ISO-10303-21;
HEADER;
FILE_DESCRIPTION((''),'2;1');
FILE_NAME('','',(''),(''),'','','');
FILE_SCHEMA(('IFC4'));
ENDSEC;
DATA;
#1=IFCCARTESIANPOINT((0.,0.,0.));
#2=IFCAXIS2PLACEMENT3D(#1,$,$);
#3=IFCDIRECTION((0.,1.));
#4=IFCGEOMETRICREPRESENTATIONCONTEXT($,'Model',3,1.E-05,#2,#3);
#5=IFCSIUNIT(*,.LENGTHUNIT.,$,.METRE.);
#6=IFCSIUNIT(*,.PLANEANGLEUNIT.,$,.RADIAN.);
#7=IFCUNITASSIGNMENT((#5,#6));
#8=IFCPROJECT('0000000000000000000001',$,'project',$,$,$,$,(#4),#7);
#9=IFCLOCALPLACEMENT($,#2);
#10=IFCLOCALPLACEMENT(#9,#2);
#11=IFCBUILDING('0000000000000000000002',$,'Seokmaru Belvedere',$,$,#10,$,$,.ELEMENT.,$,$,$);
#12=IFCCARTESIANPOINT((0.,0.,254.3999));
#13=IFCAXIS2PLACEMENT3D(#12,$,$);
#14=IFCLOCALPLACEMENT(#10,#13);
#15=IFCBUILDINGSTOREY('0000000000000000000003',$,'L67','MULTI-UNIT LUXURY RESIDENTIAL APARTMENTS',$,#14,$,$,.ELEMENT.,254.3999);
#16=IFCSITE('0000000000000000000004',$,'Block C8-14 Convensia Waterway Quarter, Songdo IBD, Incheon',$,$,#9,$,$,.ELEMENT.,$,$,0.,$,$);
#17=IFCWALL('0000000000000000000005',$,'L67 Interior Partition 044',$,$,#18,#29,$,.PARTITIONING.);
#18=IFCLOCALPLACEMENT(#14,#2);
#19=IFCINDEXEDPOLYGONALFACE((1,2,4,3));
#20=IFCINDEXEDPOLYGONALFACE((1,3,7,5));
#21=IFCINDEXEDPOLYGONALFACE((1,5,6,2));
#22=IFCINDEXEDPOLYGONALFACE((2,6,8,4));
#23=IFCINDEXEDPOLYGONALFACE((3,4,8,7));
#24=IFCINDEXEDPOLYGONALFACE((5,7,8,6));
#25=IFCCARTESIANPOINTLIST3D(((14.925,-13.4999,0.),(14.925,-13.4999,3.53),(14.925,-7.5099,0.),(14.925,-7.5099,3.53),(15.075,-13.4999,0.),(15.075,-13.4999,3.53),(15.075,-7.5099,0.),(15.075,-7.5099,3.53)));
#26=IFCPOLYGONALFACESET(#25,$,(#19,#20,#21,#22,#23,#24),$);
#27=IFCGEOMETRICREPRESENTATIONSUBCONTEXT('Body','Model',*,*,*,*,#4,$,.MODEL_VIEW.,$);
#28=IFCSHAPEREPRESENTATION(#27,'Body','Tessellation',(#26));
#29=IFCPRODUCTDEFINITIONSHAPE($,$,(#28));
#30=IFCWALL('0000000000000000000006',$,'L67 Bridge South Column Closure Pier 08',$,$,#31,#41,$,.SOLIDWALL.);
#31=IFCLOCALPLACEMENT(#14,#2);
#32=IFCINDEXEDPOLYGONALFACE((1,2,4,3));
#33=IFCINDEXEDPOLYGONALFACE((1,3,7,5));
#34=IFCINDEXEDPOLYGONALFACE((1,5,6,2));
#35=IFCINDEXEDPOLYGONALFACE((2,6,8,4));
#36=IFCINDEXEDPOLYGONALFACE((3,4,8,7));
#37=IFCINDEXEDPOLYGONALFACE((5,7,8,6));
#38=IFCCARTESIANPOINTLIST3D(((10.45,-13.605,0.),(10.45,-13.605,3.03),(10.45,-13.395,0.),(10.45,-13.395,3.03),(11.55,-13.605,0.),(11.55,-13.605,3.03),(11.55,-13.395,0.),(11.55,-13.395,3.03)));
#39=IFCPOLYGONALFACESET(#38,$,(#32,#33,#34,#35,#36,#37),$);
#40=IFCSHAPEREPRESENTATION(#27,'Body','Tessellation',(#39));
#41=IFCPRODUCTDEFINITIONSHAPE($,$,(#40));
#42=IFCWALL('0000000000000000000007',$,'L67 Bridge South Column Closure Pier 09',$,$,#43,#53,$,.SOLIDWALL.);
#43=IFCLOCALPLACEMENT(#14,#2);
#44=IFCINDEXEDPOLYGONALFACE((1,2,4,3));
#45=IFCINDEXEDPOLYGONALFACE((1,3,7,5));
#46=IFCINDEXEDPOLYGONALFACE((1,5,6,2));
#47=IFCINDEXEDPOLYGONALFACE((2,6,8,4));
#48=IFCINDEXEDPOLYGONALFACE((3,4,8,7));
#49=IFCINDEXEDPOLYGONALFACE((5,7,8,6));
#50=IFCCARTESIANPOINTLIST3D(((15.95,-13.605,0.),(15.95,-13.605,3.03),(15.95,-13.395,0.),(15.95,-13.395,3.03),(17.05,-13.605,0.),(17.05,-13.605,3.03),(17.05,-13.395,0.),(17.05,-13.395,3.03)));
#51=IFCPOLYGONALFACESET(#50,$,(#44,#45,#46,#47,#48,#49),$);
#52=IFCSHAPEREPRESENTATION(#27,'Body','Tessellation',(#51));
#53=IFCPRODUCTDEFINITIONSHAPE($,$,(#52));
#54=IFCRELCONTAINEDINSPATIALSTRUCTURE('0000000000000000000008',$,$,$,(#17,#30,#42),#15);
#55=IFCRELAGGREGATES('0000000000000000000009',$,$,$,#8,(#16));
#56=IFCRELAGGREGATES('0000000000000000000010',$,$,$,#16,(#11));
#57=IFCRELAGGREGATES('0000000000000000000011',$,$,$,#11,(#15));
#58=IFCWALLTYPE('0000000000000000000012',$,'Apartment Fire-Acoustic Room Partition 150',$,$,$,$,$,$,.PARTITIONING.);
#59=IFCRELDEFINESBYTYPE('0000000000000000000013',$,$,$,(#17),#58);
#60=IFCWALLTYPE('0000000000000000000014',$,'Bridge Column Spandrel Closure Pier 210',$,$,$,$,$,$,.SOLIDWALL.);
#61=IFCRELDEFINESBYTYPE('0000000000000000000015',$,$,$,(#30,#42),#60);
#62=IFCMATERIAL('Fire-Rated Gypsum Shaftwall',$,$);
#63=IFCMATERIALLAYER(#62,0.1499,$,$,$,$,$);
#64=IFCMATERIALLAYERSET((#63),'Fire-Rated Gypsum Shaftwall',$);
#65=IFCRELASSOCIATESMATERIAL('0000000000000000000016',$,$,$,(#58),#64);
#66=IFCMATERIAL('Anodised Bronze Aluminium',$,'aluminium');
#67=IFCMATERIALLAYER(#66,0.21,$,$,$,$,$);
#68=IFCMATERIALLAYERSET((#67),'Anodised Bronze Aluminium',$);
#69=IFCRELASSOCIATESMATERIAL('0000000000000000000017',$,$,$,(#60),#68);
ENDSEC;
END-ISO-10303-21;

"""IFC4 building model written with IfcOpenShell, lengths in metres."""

from ifc_helpers import new_model, si_unit, direction, frame, frame_2d, origin, place, context, subcontext, project, spatial, rectangle, extrude, material, layer, layer_set, type_object, element, save


model = new_model("IFC4")

# Units and contexts
model_context = context("Model", 3, precision=1e-05, world=origin(), true_north=direction((0.0, 1.0)))
body_context = subcontext(model_context, "Body", "Model", "MODEL_VIEW")
ifc_project = project(units=[si_unit("LENGTHUNIT", "METRE"), si_unit("PLANEANGLEUNIT", "RADIAN")], contexts=[model_context])

# Site, building, storey
site_placement = place(None, origin())
site = spatial("IfcSite", under=ifc_project, at=site_placement, Name="Block C8-14 Convensia Waterway Quarter, Songdo IBD, Incheon", CompositionType="ELEMENT", RefElevation=0.0)
building_placement = place(site_placement, origin())
building = spatial("IfcBuilding", under=site, at=building_placement, Name="Seokmaru Belvedere", CompositionType="ELEMENT")
storey_placement = place(building_placement, frame((0.0, 0.0, 254.3999)))
storey = spatial("IfcBuildingStorey", under=building, at=storey_placement, Name="L67", Description="MULTI-UNIT LUXURY RESIDENTIAL APARTMENTS", CompositionType="ELEMENT", Elevation=254.3999)

# Shared definitions
ifc_material_1 = material(Name="Anodised Bronze Aluminium", Category="aluminium")

# Shared definitions
ifc_material_2 = material(Name="Fire-Rated Gypsum Shaftwall")
ifc_layer_1 = layer(ifc_material_2, 0.1499)
ifc_layer_set_1 = layer_set([ifc_layer_1], Name="Fire-Rated Gypsum Shaftwall")
wall_type_1 = type_object("IfcWallType", Name="Apartment Fire-Acoustic Room Partition 150", PredefinedType="PARTITIONING", material=ifc_layer_set_1)

# Walls
wall_1_placement = place(storey_placement, frame((15.0, -13.5, 0.0), z_axis=(0.0, 0.0, 1.0), x_axis=(0.0, 1.0, 0.0)))
element("IfcWall", 1, at=wall_1_placement, inside=storey, type_object=wall_type_1, Name="L67 Interior Partition 044", PredefinedType="PARTITIONING", context=body_context, shape_type="SweptSolid", body=[
    extrude(rectangle(XDim=5.99, YDim=0.1499, at=frame_2d((2.9951, 0.0))), origin(), (0.0, 0.0, 1.0), 3.53),
])
ifc_layer_2 = layer(ifc_material_1, 0.21)
ifc_layer_set_2 = layer_set([ifc_layer_2], Name="Anodised Bronze Aluminium")
wall_type_2 = type_object("IfcWallType", Name="Bridge Column Spandrel Closure Pier 210", PredefinedType="SOLIDWALL", material=ifc_layer_set_2)
for number, where, z_axis, x_axis, name in (
    (2, (10.45, -13.5, 0.0), (0.0, 0.0, 1.0), (1.0, 0.0, 0.0), "L67 Bridge South Column Closure Pier 08"),
    (3, (15.95, -13.5, 0.0), (0.0, 0.0, 1.0), (1.0, 0.0, 0.0), "L67 Bridge South Column Closure Pier 09"),
):
    element("IfcWall", number, at=place(storey_placement, frame(where, z_axis=z_axis, x_axis=x_axis)), inside=storey, type_object=wall_type_2, Name=name, PredefinedType="SOLIDWALL", context=body_context, shape_type="SweptSolid", body=[
        extrude(rectangle(XDim=1.1001, YDim=0.21, at=frame_2d((0.55, 0.0))), origin(), (0.0, 0.0, 1.0), 3.03),
    ])

save(model, "model.ifc")
